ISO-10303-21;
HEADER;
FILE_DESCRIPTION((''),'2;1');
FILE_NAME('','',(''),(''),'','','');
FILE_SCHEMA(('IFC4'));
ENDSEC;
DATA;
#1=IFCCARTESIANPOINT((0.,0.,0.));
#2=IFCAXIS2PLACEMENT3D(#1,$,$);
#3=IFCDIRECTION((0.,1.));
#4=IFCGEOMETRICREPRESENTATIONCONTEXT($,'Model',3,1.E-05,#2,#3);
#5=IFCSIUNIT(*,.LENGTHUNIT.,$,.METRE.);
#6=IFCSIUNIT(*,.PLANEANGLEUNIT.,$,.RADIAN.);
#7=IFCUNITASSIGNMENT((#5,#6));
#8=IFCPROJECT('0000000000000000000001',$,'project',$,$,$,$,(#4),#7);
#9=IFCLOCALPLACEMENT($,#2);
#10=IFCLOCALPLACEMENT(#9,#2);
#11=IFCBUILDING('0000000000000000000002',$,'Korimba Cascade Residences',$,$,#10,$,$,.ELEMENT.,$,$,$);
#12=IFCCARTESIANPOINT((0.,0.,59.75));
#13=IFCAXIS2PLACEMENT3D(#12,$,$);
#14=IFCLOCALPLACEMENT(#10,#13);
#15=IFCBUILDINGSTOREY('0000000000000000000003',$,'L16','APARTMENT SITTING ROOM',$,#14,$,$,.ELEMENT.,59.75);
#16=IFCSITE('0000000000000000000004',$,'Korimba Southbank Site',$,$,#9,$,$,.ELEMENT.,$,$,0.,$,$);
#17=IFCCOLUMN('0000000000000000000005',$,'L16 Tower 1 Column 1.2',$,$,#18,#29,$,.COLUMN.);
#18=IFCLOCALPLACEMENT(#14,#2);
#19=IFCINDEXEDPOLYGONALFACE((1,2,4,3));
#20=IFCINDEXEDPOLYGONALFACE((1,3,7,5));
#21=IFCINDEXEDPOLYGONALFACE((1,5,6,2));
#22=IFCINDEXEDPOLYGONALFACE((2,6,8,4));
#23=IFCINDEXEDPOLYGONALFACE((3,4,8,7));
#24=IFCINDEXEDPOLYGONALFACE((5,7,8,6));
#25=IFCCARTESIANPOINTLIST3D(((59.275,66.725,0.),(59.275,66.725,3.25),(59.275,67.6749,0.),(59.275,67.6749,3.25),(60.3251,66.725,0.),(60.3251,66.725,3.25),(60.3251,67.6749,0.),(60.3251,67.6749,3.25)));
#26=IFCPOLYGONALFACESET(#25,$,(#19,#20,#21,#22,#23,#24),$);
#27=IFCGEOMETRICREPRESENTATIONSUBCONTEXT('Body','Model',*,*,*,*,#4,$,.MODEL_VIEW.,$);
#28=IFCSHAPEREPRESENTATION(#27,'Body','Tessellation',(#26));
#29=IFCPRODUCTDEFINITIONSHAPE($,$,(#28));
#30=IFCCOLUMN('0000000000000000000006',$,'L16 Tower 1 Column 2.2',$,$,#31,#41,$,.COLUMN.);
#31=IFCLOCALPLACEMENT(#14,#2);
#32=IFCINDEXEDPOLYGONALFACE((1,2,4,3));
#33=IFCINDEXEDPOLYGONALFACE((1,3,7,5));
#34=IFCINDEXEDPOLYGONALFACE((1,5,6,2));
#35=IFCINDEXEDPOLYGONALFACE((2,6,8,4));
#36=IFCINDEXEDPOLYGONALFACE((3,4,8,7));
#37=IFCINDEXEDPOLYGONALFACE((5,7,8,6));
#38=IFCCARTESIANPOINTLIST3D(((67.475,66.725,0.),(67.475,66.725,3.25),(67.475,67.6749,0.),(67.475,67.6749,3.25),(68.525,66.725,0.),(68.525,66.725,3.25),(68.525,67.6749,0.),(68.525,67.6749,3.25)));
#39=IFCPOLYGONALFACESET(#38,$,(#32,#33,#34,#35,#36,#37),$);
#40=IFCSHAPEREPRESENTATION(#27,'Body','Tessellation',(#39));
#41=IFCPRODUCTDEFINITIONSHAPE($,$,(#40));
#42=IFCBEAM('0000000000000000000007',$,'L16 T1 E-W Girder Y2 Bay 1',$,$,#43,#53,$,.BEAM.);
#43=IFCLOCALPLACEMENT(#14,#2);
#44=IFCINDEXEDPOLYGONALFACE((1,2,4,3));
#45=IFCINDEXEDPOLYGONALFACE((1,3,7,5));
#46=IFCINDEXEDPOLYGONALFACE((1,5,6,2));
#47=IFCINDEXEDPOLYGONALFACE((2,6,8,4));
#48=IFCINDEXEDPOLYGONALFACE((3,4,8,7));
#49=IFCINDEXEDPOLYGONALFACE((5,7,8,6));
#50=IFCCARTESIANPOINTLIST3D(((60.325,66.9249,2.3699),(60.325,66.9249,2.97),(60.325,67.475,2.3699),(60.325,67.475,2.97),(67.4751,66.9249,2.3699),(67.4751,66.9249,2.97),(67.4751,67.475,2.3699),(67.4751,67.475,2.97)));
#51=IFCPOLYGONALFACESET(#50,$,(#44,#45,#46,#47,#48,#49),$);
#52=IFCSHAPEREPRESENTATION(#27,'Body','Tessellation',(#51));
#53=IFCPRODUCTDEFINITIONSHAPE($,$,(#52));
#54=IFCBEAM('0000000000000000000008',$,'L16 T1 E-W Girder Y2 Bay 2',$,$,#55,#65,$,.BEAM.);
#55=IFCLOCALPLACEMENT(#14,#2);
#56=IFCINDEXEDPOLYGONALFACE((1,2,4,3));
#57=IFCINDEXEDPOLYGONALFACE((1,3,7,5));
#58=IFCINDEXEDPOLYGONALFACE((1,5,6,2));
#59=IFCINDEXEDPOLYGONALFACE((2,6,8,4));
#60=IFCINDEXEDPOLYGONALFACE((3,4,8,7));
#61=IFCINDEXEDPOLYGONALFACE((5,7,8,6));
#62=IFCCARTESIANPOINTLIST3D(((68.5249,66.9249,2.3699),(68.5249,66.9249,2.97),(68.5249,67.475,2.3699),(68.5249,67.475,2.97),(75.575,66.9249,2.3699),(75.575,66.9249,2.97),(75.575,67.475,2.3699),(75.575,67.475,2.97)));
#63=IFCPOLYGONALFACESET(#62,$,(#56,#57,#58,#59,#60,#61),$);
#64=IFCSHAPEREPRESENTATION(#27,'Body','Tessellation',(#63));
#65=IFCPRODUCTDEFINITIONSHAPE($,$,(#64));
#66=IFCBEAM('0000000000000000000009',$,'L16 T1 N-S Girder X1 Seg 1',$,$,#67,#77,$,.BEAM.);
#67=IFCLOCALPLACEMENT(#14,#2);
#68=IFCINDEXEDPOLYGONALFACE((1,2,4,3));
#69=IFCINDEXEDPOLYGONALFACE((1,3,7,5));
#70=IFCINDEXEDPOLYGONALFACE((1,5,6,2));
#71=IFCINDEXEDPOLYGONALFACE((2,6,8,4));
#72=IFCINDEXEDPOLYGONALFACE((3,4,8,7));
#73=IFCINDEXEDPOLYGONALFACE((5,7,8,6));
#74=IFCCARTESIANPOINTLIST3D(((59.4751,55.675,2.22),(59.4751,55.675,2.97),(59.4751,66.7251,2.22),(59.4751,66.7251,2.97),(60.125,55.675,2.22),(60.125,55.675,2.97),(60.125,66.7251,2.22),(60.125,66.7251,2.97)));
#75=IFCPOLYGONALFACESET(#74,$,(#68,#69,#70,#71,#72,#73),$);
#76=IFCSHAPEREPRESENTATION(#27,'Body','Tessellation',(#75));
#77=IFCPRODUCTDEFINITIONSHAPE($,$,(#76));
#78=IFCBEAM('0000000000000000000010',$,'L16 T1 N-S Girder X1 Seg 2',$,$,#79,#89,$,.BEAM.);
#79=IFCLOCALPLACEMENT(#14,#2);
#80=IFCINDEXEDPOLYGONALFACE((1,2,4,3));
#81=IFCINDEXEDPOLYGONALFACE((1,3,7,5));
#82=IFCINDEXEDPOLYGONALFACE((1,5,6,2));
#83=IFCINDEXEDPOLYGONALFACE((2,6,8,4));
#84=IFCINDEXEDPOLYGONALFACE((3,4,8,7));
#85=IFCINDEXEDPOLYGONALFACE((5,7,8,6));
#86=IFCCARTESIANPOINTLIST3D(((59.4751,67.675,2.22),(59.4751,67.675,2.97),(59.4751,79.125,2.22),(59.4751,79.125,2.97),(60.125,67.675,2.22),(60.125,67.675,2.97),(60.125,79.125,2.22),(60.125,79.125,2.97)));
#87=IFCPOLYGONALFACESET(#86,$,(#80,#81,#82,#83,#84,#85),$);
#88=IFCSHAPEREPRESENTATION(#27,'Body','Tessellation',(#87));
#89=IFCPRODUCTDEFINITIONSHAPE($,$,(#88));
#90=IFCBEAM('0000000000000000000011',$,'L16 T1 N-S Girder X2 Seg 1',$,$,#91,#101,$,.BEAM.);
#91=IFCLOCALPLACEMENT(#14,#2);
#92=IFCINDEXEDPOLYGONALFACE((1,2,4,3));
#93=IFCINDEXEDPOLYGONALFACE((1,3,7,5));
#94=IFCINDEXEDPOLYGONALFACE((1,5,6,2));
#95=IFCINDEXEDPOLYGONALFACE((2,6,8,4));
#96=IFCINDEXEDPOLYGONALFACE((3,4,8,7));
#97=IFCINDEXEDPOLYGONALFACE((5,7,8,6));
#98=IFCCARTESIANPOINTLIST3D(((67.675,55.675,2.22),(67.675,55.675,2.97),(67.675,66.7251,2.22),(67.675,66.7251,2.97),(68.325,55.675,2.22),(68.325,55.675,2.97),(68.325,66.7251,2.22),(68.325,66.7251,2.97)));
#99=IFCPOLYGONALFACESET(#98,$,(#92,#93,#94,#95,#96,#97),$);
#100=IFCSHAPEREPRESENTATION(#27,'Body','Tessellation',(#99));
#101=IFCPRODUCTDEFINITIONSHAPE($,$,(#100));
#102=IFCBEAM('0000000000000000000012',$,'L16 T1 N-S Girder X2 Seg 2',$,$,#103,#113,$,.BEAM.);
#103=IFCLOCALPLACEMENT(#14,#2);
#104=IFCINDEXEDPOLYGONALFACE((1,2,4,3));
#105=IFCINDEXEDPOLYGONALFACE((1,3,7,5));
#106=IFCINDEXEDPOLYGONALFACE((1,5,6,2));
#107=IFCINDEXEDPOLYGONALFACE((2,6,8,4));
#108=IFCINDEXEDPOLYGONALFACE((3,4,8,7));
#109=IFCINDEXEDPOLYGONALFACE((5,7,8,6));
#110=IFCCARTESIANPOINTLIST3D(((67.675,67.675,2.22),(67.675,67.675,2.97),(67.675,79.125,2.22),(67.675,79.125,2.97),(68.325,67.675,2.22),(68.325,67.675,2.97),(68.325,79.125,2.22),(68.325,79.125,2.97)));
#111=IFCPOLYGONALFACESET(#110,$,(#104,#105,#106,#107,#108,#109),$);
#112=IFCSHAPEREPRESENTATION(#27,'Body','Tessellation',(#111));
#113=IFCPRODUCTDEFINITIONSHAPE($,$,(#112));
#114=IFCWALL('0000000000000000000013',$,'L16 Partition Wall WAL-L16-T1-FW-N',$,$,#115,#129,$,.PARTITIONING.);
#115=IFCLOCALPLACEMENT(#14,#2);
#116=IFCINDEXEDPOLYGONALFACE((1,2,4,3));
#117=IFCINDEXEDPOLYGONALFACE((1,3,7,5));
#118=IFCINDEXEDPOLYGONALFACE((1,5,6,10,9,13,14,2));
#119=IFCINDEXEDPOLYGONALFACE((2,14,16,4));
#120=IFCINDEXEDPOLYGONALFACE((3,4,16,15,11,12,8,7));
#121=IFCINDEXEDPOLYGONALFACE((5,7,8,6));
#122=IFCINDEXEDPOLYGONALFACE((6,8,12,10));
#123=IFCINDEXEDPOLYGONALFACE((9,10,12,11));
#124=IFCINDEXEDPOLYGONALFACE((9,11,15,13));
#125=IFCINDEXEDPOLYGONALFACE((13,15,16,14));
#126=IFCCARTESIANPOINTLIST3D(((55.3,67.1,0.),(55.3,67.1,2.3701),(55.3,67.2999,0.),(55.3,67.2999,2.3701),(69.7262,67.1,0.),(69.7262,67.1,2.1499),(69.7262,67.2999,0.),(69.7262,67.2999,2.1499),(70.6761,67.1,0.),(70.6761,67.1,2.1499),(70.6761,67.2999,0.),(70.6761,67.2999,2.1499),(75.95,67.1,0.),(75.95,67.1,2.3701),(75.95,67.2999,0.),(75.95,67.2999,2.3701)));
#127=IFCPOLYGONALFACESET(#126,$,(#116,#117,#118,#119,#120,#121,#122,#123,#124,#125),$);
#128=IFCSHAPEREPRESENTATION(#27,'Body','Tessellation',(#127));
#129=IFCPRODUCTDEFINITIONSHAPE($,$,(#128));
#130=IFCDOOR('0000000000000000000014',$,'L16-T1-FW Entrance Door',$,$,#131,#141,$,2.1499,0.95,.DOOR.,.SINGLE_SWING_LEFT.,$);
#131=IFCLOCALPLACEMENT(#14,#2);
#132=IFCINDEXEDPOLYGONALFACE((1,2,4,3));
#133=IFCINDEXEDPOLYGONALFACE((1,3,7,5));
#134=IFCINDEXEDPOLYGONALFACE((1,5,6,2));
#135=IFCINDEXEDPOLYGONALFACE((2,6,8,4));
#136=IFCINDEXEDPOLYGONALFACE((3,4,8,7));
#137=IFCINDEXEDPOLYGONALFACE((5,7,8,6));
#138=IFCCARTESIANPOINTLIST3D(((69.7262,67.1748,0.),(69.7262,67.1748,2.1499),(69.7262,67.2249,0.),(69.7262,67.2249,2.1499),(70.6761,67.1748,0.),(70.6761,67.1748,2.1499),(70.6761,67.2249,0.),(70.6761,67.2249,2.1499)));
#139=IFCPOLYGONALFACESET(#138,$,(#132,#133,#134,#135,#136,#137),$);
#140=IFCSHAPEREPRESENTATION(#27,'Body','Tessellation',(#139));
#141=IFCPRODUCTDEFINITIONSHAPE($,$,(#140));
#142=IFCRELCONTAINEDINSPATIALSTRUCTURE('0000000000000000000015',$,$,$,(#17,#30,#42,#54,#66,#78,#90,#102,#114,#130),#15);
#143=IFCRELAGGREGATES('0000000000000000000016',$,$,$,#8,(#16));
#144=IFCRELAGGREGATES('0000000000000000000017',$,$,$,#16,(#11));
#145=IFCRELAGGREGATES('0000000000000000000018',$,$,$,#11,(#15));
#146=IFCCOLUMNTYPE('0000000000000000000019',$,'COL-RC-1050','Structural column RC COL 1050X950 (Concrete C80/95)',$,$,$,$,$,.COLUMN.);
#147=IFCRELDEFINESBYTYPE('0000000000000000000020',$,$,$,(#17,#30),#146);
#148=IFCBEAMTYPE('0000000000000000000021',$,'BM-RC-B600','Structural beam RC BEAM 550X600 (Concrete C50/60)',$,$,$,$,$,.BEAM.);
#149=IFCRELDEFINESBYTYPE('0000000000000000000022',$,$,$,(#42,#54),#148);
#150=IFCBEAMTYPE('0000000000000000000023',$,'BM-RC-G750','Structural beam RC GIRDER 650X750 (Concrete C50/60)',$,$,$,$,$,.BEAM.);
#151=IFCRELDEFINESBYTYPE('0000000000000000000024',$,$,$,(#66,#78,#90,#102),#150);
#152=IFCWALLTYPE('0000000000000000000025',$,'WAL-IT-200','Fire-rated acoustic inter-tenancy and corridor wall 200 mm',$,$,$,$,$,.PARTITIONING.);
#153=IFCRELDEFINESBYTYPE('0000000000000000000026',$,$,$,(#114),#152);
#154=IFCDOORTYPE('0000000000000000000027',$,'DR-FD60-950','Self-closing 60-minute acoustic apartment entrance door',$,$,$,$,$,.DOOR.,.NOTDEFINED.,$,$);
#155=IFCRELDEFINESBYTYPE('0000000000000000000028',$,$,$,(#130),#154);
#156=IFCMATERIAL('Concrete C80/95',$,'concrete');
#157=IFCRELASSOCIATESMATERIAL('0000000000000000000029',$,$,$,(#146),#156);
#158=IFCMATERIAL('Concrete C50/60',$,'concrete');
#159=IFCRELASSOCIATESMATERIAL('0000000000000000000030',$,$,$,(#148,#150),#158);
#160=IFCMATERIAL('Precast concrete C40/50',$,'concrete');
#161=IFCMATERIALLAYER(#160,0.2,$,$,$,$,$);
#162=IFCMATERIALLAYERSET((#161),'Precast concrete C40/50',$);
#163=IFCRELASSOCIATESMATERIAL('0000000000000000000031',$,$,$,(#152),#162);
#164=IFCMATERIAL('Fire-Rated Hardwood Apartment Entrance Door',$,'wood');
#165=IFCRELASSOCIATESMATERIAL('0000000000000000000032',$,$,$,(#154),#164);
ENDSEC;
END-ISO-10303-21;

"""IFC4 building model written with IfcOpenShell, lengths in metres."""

from ifc_helpers import new_model, si_unit, direction, frame, frame_2d, origin, origin_2d, place, context, subcontext, project, spatial, rectangle, extrude, material, layer, layer_set, material_profile, profile_set, type_object, element, fill, save


model = new_model("IFC4")

# Units and contexts
model_context = context("Model", 3, precision=1e-05, world=origin(), true_north=direction((0.0, 1.0)))
body_context = subcontext(model_context, "Body", "Model", "MODEL_VIEW")
ifc_project = project(units=[si_unit("LENGTHUNIT", "METRE"), si_unit("PLANEANGLEUNIT", "RADIAN")], contexts=[model_context])

# Site, building, storey
site_placement = place(None, origin())
site = spatial("IfcSite", under=ifc_project, at=site_placement, Name="Korimba Southbank Site", CompositionType="ELEMENT", RefElevation=0.0)
building_placement = place(site_placement, origin())
building = spatial("IfcBuilding", under=site, at=building_placement, Name="Korimba Cascade Residences", CompositionType="ELEMENT")
storey_placement = place(building_placement, frame((0.0, 0.0, 59.75)))
storey = spatial("IfcBuildingStorey", under=building, at=storey_placement, Name="L16", Description="APARTMENT SITTING ROOM", CompositionType="ELEMENT", Elevation=59.75)

# Columns
ifc_material_1 = material(Name="Concrete C80/95", Category="concrete")
ifc_material_profile_1 = material_profile(ifc_material_1, rectangle(XDim=1.05, YDim=0.95, at=origin_2d()), Name="Concrete C80/95")
ifc_profile_set_1 = profile_set([ifc_material_profile_1], Name="Concrete C80/95")
column_type = type_object("IfcColumnType", Name="COL-RC-1050", Description="Structural column RC COL 1050X950 (Concrete C80/95)", PredefinedType="COLUMN", material=ifc_profile_set_1)
for number, where, z_axis, x_axis, name in (
    (1, (59.8, 67.2, 0.0), (0.0, 0.0, 1.0), (1.0, 0.0, 0.0), "L16 Tower 1 Column 1.2"),
    (2, (68.0, 67.2, 0.0), (0.0, 0.0, 1.0), (1.0, 0.0, 0.0), "L16 Tower 1 Column 2.2"),
):
    element("IfcColumn", number, at=place(storey_placement, frame(where, z_axis=z_axis, x_axis=x_axis)), inside=storey, type_object=column_type, Name=name, PredefinedType="COLUMN", context=body_context, shape_type="SweptSolid", body=[
        extrude(rectangle(XDim=1.05, YDim=0.95, at=origin_2d()), origin(), (0.0, 0.0, 1.0), 3.25),
    ])

# Beams
ifc_material_2 = material(Name="Concrete C50/60", Category="concrete")
ifc_material_profile_2 = material_profile(ifc_material_2, rectangle(XDim=0.55, YDim=0.6001, at=origin_2d()), Name="Concrete C50/60")
ifc_profile_set_2 = profile_set([ifc_material_profile_2], Name="Concrete C50/60")
beam_type_1 = type_object("IfcBeamType", Name="BM-RC-B600", Description="Structural beam RC BEAM 550X600 (Concrete C50/60)", PredefinedType="BEAM", material=ifc_profile_set_2)
beam_1_placement = place(storey_placement, frame((60.325, 67.2, 2.6699), z_axis=(1.0, 0.0, 0.0), x_axis=(0.0, 1.0, 0.0)))
element("IfcBeam", 3, at=beam_1_placement, inside=storey, type_object=beam_type_1, Name="L16 T1 E-W Girder Y2 Bay 1", PredefinedType="BEAM", context=body_context, shape_type="SweptSolid", body=[
    extrude(rectangle(XDim=0.55, YDim=0.6001, at=origin_2d()), origin(), (0.0, 0.0, 1.0), 7.1501),
])
beam_2_placement = place(storey_placement, frame((68.5249, 67.2, 2.6699), z_axis=(1.0, 0.0, 0.0), x_axis=(0.0, 1.0, 0.0)))
element("IfcBeam", 4, at=beam_2_placement, inside=storey, type_object=beam_type_1, Name="L16 T1 E-W Girder Y2 Bay 2", PredefinedType="BEAM", context=body_context, shape_type="SweptSolid", body=[
    extrude(rectangle(XDim=0.55, YDim=0.6001, at=origin_2d()), origin(), (0.0, 0.0, 1.0), 7.05),
])
ifc_material_profile_3 = material_profile(ifc_material_2, rectangle(XDim=0.6499, YDim=0.75, at=origin_2d()), Name="Concrete C50/60")
ifc_profile_set_3 = profile_set([ifc_material_profile_3], Name="Concrete C50/60")
beam_type_2 = type_object("IfcBeamType", Name="BM-RC-G750", Description="Structural beam RC GIRDER 650X750 (Concrete C50/60)", PredefinedType="BEAM", material=ifc_profile_set_3)
beam_3_placement = place(storey_placement, frame((59.8, 55.675, 2.595), z_axis=(0.0, 1.0, 0.0), x_axis=(-1.0, 0.0, 0.0)))
element("IfcBeam", 5, at=beam_3_placement, inside=storey, type_object=beam_type_2, Name="L16 T1 N-S Girder X1 Seg 1", PredefinedType="BEAM", context=body_context, shape_type="SweptSolid", body=[
    extrude(rectangle(XDim=0.6499, YDim=0.75, at=origin_2d()), origin(), (0.0, 0.0, 1.0), 11.05),
])
beam_4_placement = place(storey_placement, frame((59.8, 67.675, 2.595), z_axis=(0.0, 1.0, 0.0), x_axis=(-1.0, 0.0, 0.0)))
element("IfcBeam", 6, at=beam_4_placement, inside=storey, type_object=beam_type_2, Name="L16 T1 N-S Girder X1 Seg 2", PredefinedType="BEAM", context=body_context, shape_type="SweptSolid", body=[
    extrude(rectangle(XDim=0.6499, YDim=0.75, at=origin_2d()), origin(), (0.0, 0.0, 1.0), 11.45),
])
beam_5_placement = place(storey_placement, frame((68.0, 55.675, 2.595), z_axis=(0.0, 1.0, 0.0), x_axis=(-1.0, 0.0, 0.0)))
element("IfcBeam", 7, at=beam_5_placement, inside=storey, type_object=beam_type_2, Name="L16 T1 N-S Girder X2 Seg 1", PredefinedType="BEAM", context=body_context, shape_type="SweptSolid", body=[
    extrude(rectangle(XDim=0.6499, YDim=0.75, at=origin_2d()), origin(), (0.0, 0.0, 1.0), 11.05),
])
beam_6_placement = place(storey_placement, frame((68.0, 67.675, 2.595), z_axis=(0.0, 1.0, 0.0), x_axis=(-1.0, 0.0, 0.0)))
element("IfcBeam", 8, at=beam_6_placement, inside=storey, type_object=beam_type_2, Name="L16 T1 N-S Girder X2 Seg 2", PredefinedType="BEAM", context=body_context, shape_type="SweptSolid", body=[
    extrude(rectangle(XDim=0.6499, YDim=0.75, at=origin_2d()), origin(), (0.0, 0.0, 1.0), 11.45),
])

# Wall, opening, door
ifc_material_3 = material(Name="Precast concrete C40/50", Category="concrete")
ifc_layer_1 = layer(ifc_material_3, 0.2)
ifc_layer_set_1 = layer_set([ifc_layer_1], Name="Precast concrete C40/50")
wall_type_1 = type_object("IfcWallType", Name="WAL-IT-200", Description="Fire-rated acoustic inter-tenancy and corridor wall 200 mm", PredefinedType="PARTITIONING", material=ifc_layer_set_1)
wall_1_placement = place(storey_placement, frame((55.3, 67.2, 0.0), z_axis=(0.0, 0.0, 1.0), x_axis=(1.0, 0.0, 0.0)))
wall_1 = element("IfcWall", 9, at=wall_1_placement, inside=storey, type_object=wall_type_1, Name="L16 Partition Wall WAL-L16-T1-FW-N", PredefinedType="PARTITIONING", context=body_context, shape_type="SweptSolid", body=[
    extrude(rectangle(XDim=20.6499, YDim=0.2, at=frame_2d((10.325, 0.0))), origin(), (0.0, 0.0, 1.0), 2.3701),
])
opening_1_placement = place(wall_1_placement, frame((14.426, 0.0, 0.0)))
opening_1 = element("IfcOpeningElement", 10, at=opening_1_placement, cuts=wall_1, PredefinedType="OPENING", context=body_context, shape_type="SweptSolid", body=[
    extrude(rectangle(XDim=0.95, YDim=2.1499, at=frame_2d((0.4751, 1.075))), frame((0.0, 0.1099, 0.0), z_axis=(0.0, -1.0, 0.0), x_axis=(1.0, 0.0, 0.0)), (0.0, 0.0, 1.0), 0.22),
])
ifc_material_4 = material(Name="Fire-Rated Hardwood Apartment Entrance Door", Category="wood")
door_type_1 = type_object("IfcDoorType", Name="DR-FD60-950", Description="Self-closing 60-minute acoustic apartment entrance door", OperationType="NOTDEFINED", PredefinedType="DOOR", material=ifc_material_4)
door_1_placement = place(opening_1_placement, origin())
door_1 = element("IfcDoor", 11, at=door_1_placement, inside=storey, type_object=door_type_1, Name="L16-T1-FW Entrance Door", OperationType="SINGLE_SWING_LEFT", OverallHeight=2.1499, OverallWidth=0.95, PredefinedType="DOOR", context=body_context, shape_type="SweptSolid", body=[
    extrude(rectangle(XDim=0.95, YDim=2.1499, at=frame_2d((0.4751, 1.075))), frame((0.0, 0.0249, 0.0), z_axis=(0.0, -1.0, 0.0), x_axis=(1.0, 0.0, 0.0)), (0.0, 0.0, 1.0), 0.05),
])
fill(opening_1, door_1)

save(model, "model.ifc")
